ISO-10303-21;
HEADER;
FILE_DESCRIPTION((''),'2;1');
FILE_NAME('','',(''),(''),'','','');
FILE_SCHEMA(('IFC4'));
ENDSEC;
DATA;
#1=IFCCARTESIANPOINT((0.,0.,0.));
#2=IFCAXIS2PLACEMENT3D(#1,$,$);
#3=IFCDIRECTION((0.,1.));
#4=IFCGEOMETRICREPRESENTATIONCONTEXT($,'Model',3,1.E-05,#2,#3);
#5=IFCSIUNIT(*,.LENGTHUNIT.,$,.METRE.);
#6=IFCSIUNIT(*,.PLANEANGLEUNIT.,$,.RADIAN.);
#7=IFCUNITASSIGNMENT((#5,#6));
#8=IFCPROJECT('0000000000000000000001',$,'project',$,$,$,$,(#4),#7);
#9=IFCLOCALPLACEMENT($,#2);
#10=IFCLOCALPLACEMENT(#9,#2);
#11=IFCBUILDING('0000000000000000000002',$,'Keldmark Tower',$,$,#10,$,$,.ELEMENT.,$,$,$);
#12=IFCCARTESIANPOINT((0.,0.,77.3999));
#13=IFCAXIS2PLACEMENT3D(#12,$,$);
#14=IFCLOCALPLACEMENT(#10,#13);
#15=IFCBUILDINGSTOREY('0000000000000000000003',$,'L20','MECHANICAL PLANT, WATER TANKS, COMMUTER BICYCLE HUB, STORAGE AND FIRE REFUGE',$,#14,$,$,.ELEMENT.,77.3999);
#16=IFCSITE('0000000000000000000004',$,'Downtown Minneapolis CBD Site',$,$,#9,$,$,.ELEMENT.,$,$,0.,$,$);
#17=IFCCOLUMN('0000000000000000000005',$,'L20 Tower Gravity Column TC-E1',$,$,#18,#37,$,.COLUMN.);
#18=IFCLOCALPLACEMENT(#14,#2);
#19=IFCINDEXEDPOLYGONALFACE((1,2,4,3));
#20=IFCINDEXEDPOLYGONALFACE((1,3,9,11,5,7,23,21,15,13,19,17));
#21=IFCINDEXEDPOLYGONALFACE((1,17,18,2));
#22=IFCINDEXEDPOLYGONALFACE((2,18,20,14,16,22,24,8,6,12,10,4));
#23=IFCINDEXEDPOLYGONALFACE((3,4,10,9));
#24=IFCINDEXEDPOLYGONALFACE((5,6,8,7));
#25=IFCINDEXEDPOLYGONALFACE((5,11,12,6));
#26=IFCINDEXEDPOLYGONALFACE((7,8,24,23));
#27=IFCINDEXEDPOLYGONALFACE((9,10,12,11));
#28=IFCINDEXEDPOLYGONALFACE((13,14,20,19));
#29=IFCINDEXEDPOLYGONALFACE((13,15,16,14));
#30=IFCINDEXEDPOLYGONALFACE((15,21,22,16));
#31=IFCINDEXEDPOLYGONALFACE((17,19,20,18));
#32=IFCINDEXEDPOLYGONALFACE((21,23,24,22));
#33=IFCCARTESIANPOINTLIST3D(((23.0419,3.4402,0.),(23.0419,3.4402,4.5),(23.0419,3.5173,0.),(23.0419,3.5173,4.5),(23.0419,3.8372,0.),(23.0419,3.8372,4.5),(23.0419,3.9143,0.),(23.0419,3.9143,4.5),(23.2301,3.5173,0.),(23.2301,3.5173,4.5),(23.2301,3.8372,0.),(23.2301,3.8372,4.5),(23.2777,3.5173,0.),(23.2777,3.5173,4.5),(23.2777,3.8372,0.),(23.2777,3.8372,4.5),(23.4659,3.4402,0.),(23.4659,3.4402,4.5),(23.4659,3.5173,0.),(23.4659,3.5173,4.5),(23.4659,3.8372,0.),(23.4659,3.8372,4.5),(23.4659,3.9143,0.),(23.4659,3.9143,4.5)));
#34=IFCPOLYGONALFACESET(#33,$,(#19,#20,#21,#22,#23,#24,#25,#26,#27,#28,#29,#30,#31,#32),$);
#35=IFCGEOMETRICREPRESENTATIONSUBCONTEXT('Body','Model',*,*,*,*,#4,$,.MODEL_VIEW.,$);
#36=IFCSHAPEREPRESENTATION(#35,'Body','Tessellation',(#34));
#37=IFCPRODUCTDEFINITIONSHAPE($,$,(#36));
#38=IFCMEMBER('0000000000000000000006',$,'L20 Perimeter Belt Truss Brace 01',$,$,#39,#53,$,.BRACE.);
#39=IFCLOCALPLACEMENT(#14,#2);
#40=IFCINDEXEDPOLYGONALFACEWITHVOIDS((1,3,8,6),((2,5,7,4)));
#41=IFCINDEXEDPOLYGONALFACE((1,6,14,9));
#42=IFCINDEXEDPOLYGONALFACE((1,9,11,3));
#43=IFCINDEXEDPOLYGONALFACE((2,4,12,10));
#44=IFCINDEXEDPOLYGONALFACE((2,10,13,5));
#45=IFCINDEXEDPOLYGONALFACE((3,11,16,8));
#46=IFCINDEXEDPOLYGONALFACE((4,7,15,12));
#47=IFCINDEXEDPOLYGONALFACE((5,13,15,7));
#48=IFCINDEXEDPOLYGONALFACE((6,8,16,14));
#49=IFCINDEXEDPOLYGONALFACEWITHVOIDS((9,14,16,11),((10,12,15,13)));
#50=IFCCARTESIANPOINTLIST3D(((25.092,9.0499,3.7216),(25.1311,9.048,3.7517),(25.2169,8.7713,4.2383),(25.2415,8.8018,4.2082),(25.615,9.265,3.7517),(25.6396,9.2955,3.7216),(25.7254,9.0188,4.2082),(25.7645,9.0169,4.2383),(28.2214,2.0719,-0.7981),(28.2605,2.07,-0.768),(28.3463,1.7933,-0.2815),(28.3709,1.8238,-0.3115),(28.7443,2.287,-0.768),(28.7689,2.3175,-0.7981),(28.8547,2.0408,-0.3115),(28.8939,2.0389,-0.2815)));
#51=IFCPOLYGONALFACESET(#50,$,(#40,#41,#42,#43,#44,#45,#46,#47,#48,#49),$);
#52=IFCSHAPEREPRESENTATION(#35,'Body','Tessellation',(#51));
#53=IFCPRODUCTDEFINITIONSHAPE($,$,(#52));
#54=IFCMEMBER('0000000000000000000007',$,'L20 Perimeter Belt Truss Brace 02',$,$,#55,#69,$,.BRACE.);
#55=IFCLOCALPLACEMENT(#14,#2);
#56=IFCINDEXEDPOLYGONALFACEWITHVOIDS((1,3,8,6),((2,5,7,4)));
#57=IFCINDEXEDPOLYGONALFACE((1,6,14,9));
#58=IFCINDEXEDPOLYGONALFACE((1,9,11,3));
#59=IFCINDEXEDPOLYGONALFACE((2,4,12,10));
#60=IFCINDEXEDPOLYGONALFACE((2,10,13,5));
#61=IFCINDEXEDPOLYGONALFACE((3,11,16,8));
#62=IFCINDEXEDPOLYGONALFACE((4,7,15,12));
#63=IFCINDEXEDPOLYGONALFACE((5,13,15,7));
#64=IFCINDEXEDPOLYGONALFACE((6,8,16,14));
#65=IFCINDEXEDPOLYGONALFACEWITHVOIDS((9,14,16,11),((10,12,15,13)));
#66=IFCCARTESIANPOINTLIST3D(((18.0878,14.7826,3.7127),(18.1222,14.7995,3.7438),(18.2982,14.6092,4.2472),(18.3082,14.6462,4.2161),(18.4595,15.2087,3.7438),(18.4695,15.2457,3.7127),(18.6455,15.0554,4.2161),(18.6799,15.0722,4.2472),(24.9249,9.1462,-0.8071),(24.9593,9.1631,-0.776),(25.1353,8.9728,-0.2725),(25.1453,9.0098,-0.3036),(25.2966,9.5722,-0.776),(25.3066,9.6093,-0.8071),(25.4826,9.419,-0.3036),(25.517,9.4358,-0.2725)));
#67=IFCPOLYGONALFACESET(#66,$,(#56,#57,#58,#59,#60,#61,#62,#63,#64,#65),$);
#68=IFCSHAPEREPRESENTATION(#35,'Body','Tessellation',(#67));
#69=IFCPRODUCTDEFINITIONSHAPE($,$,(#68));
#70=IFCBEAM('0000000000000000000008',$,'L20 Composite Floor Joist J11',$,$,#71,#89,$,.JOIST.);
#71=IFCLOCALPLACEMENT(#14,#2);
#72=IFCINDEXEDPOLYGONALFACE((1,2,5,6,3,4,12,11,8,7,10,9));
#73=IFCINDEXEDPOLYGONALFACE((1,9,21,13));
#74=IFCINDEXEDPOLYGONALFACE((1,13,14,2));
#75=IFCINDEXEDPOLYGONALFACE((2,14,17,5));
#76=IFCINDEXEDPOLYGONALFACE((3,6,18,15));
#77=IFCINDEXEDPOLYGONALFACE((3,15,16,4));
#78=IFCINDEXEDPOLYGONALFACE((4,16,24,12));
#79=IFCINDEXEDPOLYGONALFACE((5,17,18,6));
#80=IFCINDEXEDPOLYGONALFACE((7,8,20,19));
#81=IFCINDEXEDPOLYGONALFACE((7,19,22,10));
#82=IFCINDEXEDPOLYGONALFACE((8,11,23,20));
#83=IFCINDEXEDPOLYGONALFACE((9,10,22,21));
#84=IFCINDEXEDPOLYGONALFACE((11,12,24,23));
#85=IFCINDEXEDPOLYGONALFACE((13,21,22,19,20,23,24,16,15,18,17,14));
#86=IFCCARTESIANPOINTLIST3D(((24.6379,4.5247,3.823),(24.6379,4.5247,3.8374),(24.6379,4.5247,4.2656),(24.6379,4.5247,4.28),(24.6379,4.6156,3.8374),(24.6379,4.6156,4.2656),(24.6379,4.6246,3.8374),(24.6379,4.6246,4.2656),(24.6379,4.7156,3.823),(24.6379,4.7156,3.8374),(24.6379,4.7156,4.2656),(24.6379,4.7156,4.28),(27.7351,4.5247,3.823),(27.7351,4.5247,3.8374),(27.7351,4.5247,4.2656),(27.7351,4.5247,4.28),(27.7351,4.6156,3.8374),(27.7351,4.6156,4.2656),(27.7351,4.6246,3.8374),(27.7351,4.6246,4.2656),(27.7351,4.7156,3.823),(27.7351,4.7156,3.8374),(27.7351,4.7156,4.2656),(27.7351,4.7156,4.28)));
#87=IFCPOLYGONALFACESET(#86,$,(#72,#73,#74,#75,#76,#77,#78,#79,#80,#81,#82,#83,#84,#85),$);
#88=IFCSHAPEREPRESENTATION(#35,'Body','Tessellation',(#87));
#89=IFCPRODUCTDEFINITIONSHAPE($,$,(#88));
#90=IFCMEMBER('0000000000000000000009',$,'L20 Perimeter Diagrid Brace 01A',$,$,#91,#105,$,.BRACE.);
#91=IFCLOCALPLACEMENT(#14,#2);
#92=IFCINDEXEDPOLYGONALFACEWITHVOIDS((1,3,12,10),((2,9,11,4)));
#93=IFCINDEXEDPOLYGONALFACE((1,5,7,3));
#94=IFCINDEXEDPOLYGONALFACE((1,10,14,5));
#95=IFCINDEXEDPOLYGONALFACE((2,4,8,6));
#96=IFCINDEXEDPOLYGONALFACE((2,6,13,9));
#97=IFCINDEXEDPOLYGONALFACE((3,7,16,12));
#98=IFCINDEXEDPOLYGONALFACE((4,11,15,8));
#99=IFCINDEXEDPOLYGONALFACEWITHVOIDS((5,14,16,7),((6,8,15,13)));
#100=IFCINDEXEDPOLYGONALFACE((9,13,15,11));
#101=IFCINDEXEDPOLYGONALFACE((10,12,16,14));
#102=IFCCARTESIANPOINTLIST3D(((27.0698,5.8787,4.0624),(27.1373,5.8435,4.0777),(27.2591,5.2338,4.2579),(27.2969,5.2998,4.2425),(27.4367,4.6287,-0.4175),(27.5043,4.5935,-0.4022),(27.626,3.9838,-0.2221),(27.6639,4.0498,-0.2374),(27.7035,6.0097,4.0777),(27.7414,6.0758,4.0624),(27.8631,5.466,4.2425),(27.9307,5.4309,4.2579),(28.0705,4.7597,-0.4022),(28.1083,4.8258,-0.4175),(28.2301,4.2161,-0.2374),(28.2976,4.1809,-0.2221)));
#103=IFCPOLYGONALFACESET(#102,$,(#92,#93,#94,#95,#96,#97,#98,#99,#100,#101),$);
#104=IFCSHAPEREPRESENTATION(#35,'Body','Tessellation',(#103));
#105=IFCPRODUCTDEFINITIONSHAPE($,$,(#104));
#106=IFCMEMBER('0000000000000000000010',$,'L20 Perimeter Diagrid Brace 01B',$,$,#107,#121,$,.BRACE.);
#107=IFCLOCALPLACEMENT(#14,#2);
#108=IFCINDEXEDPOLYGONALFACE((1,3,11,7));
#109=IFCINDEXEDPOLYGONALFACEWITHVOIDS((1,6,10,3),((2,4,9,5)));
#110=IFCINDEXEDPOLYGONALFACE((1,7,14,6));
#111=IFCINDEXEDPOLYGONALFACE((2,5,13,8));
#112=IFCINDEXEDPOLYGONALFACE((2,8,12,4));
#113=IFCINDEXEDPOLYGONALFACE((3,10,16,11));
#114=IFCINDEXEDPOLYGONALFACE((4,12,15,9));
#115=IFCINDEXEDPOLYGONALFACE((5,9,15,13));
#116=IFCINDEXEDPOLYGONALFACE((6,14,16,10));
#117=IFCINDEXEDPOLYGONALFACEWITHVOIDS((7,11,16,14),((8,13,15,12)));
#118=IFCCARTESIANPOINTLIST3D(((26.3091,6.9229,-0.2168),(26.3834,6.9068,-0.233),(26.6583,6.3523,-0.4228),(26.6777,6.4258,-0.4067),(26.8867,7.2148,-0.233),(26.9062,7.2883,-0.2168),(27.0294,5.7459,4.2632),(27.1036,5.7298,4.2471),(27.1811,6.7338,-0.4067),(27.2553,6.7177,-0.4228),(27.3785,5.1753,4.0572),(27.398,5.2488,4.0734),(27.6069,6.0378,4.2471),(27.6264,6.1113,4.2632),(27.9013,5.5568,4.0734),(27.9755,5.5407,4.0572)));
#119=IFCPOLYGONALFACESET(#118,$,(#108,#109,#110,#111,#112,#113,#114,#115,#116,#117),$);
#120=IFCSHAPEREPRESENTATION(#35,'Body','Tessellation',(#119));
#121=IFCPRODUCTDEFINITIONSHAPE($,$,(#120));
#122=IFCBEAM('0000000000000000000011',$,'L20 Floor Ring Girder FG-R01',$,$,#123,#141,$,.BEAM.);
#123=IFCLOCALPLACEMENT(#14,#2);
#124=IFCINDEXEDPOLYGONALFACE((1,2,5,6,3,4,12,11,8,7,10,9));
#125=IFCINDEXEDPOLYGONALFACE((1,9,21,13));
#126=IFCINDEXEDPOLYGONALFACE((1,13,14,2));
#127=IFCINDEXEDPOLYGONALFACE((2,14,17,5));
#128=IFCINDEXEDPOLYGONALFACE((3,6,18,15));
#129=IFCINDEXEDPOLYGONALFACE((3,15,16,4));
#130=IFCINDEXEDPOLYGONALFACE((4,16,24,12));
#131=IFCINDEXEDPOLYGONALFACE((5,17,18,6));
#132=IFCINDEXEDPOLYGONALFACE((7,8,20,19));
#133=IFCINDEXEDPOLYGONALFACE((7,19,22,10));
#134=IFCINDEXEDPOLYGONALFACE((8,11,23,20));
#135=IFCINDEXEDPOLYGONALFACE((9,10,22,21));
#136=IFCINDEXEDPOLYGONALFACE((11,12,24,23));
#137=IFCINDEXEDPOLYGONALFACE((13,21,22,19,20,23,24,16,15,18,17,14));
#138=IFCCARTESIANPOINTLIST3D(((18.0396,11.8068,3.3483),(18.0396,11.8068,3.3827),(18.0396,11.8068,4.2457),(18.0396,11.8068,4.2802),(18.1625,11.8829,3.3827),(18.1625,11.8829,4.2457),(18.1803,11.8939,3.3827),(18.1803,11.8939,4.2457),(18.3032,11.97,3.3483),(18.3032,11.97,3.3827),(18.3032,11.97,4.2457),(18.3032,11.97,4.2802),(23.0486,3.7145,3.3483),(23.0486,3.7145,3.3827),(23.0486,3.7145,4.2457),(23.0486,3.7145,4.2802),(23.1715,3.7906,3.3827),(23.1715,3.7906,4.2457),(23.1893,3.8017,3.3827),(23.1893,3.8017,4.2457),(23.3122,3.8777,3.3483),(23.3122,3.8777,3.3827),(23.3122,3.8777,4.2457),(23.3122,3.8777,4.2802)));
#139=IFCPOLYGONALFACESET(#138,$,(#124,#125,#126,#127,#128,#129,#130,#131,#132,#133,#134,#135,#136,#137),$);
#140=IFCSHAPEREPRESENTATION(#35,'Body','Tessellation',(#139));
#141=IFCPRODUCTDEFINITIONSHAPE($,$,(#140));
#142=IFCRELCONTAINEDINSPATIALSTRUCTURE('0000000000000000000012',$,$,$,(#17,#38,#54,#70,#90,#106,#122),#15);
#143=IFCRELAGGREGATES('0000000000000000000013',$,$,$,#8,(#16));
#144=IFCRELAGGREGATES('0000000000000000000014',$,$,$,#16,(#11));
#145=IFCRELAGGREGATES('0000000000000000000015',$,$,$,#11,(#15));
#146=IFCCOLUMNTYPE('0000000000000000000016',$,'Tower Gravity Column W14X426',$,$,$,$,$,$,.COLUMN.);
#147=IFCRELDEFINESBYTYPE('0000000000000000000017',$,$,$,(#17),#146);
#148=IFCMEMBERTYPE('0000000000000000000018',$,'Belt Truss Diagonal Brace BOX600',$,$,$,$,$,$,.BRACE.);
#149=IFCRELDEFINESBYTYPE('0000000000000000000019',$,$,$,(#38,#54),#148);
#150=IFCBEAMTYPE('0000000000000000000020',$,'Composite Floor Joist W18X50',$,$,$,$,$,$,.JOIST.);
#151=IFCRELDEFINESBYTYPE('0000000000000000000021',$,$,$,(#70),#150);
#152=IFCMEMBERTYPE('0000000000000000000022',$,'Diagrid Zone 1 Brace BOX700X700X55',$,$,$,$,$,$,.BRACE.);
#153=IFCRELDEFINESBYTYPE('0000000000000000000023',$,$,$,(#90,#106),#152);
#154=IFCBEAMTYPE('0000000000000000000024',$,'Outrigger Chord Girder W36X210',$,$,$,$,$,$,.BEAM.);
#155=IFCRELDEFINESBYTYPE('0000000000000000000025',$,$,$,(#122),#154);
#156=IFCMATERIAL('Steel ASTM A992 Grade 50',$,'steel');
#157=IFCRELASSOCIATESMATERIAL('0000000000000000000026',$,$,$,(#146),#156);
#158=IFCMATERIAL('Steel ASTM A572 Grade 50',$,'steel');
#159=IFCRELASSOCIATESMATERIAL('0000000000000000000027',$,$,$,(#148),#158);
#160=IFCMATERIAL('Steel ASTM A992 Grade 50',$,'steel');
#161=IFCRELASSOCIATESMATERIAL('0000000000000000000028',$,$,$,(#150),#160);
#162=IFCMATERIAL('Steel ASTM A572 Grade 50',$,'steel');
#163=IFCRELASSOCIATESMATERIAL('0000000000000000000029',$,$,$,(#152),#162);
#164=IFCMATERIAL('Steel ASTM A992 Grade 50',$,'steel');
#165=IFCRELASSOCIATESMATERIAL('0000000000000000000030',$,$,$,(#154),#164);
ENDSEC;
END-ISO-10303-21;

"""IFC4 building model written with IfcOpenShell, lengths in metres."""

from ifc_helpers import new_model, si_unit, direction, frame, origin, origin_2d, place, context, subcontext, project, spatial, hollow_rectangle, i_section, extrude, material, material_profile, profile_set, type_object, element, save


model = new_model("IFC4")

# Units and contexts
model_context = context("Model", 3, precision=1e-05, world=origin(), true_north=direction((0.0, 1.0)))
body_context = subcontext(model_context, "Body", "Model", "MODEL_VIEW")
ifc_project = project(units=[si_unit("LENGTHUNIT", "METRE"), si_unit("PLANEANGLEUNIT", "RADIAN")], contexts=[model_context])

# Site, building, storey
site_placement = place(None, origin())
site = spatial("IfcSite", under=ifc_project, at=site_placement, Name="Downtown Minneapolis CBD Site", CompositionType="ELEMENT", RefElevation=0.0)
building_placement = place(site_placement, origin())
building = spatial("IfcBuilding", under=site, at=building_placement, Name="Keldmark Tower", CompositionType="ELEMENT")
storey_placement = place(building_placement, frame((0.0, 0.0, 77.3999)))
storey = spatial("IfcBuildingStorey", under=building, at=storey_placement, Name="L20", Description="MECHANICAL PLANT, WATER TANKS, COMMUTER BICYCLE HUB, STORAGE AND FIRE REFUGE", CompositionType="ELEMENT", Elevation=77.3999)

# Column
ifc_material_1 = material(Name="Steel ASTM A992 Grade 50", Category="steel")
ifc_material_profile_1 = material_profile(ifc_material_1, i_section(OverallWidth=0.4241, OverallDepth=0.4741, WebThickness=0.0476, FlangeThickness=0.0771, at=origin_2d()), Name="W14X426")
ifc_profile_set_1 = profile_set([ifc_material_profile_1], Name="Steel ASTM A992 Grade 50")
column_type = type_object("IfcColumnType", Name="Tower Gravity Column W14X426", PredefinedType="COLUMN", material=ifc_profile_set_1)
column_placement = place(storey_placement, frame((23.2539, 3.6772, 0.0), z_axis=(0.0, 0.0, 1.0), x_axis=(1.0, 0.0, 0.0)))
element("IfcColumn", 1, at=column_placement, inside=storey, type_object=column_type, Name="L20 Tower Gravity Column TC-E1", PredefinedType="COLUMN", context=body_context, shape_type="SweptSolid", body=[
    extrude(i_section(OverallWidth=0.4241, OverallDepth=0.4741, WebThickness=0.0476, FlangeThickness=0.0771, at=origin_2d()), origin(), (0.0, 0.0, 1.0), 4.5),
])

# Members
ifc_material_2 = material(Name="Steel ASTM A572 Grade 50", Category="steel")
ifc_material_profile_2 = material_profile(ifc_material_2, hollow_rectangle(XDim=0.6001, YDim=0.6001, WallThickness=0.0349, at=origin_2d()), Name="BOX600X600X35")
ifc_profile_set_2 = profile_set([ifc_material_profile_2], Name="Steel ASTM A572 Grade 50")
member_type_1 = type_object("IfcMemberType", Name="Belt Truss Diagonal Brace BOX600", PredefinedType="BRACE", material=ifc_profile_set_2)
member_1_placement = place(storey_placement, frame((28.5576, 2.0554, -0.5398), z_axis=(-0.352275, 0.785515, 0.50879), x_axis=(-0.912445, -0.409199, 0.0)))
element("IfcMember", 2, at=member_1_placement, inside=storey, type_object=member_type_1, Name="L20 Perimeter Belt Truss Brace 01", PredefinedType="BRACE", context=body_context, shape_type="SweptSolid", body=[
    extrude(hollow_rectangle(XDim=0.6001, YDim=0.6001, WallThickness=0.0349, at=origin_2d()), origin(), (0.0, 0.0, 1.0), 8.8833),
])
member_2_placement = place(storey_placement, frame((25.2209, 9.291, -0.5398), z_axis=(-0.687351, 0.566645, 0.454381), x_axis=(-0.636102, -0.771605, 0.0)))
element("IfcMember", 3, at=member_2_placement, inside=storey, type_object=member_type_1, Name="L20 Perimeter Belt Truss Brace 02", PredefinedType="BRACE", context=body_context, shape_type="SweptSolid", body=[
    extrude(hollow_rectangle(XDim=0.6001, YDim=0.6001, WallThickness=0.0349, at=origin_2d()), origin(), (0.0, 0.0, 1.0), 9.947),
])

# Beam
ifc_material_3 = material(Name="Steel ASTM A992 Grade 50", Category="steel")
ifc_material_profile_3 = material_profile(ifc_material_3, i_section(OverallWidth=0.1909, OverallDepth=0.457, WebThickness=0.009, FlangeThickness=0.0144, at=origin_2d()), Name="W18X50")
ifc_profile_set_3 = profile_set([ifc_material_profile_3], Name="Steel ASTM A992 Grade 50")
beam_type_1 = type_object("IfcBeamType", Name="Composite Floor Joist W18X50", PredefinedType="JOIST", material=ifc_profile_set_3)
beam_1_placement = place(storey_placement, frame((24.6379, 4.6201, 4.0515), z_axis=(1.0, 0.0, 0.0), x_axis=(0.0, 1.0, 0.0)))
element("IfcBeam", 4, at=beam_1_placement, inside=storey, type_object=beam_type_1, Name="L20 Composite Floor Joist J11", PredefinedType="JOIST", context=body_context, shape_type="SweptSolid", body=[
    extrude(i_section(OverallWidth=0.1909, OverallDepth=0.457, WebThickness=0.009, FlangeThickness=0.0144, at=origin_2d()), origin(), (0.0, 0.0, 1.0), 3.0972),
])

# Members
ifc_material_4 = material(Name="Steel ASTM A572 Grade 50", Category="steel")
ifc_material_profile_4 = material_profile(ifc_material_4, hollow_rectangle(XDim=0.7, YDim=0.7, WallThickness=0.0549, at=origin_2d()), Name="BOX700X700X55")
ifc_profile_set_4 = profile_set([ifc_material_profile_4], Name="Steel ASTM A572 Grade 50")
member_type_2 = type_object("IfcMemberType", Name="Diagrid Zone 1 Brace BOX700X700X55", PredefinedType="BRACE", material=ifc_profile_set_4)
member_3_placement = place(storey_placement, frame((27.8672, 4.4048, -0.3198), z_axis=(-0.07865, 0.267921, 0.960225), x_axis=(-0.959512, -0.281669, 0.0)))
element("IfcMember", 5, at=member_3_placement, inside=storey, type_object=member_type_2, Name="L20 Perimeter Diagrid Brace 01A", PredefinedType="BRACE", context=body_context, shape_type="SweptSolid", body=[
    extrude(hollow_rectangle(XDim=0.7, YDim=0.7, WallThickness=0.0549, at=origin_2d()), origin(), (0.0, 0.0, 1.0), 4.6655),
])
member_4_placement = place(storey_placement, frame((26.7822, 6.8203, -0.3198), z_axis=(0.15364, -0.251085, 0.955694), x_axis=(0.85298, 0.521944, 0.0)))
element("IfcMember", 6, at=member_4_placement, inside=storey, type_object=member_type_2, Name="L20 Perimeter Diagrid Brace 01B", PredefinedType="BRACE", context=body_context, shape_type="SweptSolid", body=[
    extrude(hollow_rectangle(XDim=0.7, YDim=0.7, WallThickness=0.0549, at=origin_2d()), origin(), (0.0, 0.0, 1.0), 4.6877),
])

# Beam
ifc_material_5 = material(Name="Steel ASTM A992 Grade 50", Category="steel")
ifc_material_profile_5 = material_profile(ifc_material_5, i_section(OverallWidth=0.3101, OverallDepth=0.9319, WebThickness=0.021, FlangeThickness=0.0344, at=origin_2d()), Name="W36X210")
ifc_profile_set_5 = profile_set([ifc_material_profile_5], Name="Steel ASTM A992 Grade 50")
beam_type_2 = type_object("IfcBeamType", Name="Outrigger Chord Girder W36X210", PredefinedType="BEAM", material=ifc_profile_set_5)
beam_2_placement = place(storey_placement, frame((23.1804, 3.7961, 3.8142), z_axis=(-0.526318, 0.850288, 0.0), x_axis=(-0.850288, -0.526318, 0.0)))
element("IfcBeam", 7, at=beam_2_placement, inside=storey, type_object=beam_type_2, Name="L20 Floor Ring Girder FG-R01", PredefinedType="BEAM", context=body_context, shape_type="SweptSolid", body=[
    extrude(i_section(OverallWidth=0.3101, OverallDepth=0.9319, WebThickness=0.021, FlangeThickness=0.0344, at=origin_2d()), origin(), (0.0, 0.0, 1.0), 9.5171),
])

save(model, "model.ifc")
